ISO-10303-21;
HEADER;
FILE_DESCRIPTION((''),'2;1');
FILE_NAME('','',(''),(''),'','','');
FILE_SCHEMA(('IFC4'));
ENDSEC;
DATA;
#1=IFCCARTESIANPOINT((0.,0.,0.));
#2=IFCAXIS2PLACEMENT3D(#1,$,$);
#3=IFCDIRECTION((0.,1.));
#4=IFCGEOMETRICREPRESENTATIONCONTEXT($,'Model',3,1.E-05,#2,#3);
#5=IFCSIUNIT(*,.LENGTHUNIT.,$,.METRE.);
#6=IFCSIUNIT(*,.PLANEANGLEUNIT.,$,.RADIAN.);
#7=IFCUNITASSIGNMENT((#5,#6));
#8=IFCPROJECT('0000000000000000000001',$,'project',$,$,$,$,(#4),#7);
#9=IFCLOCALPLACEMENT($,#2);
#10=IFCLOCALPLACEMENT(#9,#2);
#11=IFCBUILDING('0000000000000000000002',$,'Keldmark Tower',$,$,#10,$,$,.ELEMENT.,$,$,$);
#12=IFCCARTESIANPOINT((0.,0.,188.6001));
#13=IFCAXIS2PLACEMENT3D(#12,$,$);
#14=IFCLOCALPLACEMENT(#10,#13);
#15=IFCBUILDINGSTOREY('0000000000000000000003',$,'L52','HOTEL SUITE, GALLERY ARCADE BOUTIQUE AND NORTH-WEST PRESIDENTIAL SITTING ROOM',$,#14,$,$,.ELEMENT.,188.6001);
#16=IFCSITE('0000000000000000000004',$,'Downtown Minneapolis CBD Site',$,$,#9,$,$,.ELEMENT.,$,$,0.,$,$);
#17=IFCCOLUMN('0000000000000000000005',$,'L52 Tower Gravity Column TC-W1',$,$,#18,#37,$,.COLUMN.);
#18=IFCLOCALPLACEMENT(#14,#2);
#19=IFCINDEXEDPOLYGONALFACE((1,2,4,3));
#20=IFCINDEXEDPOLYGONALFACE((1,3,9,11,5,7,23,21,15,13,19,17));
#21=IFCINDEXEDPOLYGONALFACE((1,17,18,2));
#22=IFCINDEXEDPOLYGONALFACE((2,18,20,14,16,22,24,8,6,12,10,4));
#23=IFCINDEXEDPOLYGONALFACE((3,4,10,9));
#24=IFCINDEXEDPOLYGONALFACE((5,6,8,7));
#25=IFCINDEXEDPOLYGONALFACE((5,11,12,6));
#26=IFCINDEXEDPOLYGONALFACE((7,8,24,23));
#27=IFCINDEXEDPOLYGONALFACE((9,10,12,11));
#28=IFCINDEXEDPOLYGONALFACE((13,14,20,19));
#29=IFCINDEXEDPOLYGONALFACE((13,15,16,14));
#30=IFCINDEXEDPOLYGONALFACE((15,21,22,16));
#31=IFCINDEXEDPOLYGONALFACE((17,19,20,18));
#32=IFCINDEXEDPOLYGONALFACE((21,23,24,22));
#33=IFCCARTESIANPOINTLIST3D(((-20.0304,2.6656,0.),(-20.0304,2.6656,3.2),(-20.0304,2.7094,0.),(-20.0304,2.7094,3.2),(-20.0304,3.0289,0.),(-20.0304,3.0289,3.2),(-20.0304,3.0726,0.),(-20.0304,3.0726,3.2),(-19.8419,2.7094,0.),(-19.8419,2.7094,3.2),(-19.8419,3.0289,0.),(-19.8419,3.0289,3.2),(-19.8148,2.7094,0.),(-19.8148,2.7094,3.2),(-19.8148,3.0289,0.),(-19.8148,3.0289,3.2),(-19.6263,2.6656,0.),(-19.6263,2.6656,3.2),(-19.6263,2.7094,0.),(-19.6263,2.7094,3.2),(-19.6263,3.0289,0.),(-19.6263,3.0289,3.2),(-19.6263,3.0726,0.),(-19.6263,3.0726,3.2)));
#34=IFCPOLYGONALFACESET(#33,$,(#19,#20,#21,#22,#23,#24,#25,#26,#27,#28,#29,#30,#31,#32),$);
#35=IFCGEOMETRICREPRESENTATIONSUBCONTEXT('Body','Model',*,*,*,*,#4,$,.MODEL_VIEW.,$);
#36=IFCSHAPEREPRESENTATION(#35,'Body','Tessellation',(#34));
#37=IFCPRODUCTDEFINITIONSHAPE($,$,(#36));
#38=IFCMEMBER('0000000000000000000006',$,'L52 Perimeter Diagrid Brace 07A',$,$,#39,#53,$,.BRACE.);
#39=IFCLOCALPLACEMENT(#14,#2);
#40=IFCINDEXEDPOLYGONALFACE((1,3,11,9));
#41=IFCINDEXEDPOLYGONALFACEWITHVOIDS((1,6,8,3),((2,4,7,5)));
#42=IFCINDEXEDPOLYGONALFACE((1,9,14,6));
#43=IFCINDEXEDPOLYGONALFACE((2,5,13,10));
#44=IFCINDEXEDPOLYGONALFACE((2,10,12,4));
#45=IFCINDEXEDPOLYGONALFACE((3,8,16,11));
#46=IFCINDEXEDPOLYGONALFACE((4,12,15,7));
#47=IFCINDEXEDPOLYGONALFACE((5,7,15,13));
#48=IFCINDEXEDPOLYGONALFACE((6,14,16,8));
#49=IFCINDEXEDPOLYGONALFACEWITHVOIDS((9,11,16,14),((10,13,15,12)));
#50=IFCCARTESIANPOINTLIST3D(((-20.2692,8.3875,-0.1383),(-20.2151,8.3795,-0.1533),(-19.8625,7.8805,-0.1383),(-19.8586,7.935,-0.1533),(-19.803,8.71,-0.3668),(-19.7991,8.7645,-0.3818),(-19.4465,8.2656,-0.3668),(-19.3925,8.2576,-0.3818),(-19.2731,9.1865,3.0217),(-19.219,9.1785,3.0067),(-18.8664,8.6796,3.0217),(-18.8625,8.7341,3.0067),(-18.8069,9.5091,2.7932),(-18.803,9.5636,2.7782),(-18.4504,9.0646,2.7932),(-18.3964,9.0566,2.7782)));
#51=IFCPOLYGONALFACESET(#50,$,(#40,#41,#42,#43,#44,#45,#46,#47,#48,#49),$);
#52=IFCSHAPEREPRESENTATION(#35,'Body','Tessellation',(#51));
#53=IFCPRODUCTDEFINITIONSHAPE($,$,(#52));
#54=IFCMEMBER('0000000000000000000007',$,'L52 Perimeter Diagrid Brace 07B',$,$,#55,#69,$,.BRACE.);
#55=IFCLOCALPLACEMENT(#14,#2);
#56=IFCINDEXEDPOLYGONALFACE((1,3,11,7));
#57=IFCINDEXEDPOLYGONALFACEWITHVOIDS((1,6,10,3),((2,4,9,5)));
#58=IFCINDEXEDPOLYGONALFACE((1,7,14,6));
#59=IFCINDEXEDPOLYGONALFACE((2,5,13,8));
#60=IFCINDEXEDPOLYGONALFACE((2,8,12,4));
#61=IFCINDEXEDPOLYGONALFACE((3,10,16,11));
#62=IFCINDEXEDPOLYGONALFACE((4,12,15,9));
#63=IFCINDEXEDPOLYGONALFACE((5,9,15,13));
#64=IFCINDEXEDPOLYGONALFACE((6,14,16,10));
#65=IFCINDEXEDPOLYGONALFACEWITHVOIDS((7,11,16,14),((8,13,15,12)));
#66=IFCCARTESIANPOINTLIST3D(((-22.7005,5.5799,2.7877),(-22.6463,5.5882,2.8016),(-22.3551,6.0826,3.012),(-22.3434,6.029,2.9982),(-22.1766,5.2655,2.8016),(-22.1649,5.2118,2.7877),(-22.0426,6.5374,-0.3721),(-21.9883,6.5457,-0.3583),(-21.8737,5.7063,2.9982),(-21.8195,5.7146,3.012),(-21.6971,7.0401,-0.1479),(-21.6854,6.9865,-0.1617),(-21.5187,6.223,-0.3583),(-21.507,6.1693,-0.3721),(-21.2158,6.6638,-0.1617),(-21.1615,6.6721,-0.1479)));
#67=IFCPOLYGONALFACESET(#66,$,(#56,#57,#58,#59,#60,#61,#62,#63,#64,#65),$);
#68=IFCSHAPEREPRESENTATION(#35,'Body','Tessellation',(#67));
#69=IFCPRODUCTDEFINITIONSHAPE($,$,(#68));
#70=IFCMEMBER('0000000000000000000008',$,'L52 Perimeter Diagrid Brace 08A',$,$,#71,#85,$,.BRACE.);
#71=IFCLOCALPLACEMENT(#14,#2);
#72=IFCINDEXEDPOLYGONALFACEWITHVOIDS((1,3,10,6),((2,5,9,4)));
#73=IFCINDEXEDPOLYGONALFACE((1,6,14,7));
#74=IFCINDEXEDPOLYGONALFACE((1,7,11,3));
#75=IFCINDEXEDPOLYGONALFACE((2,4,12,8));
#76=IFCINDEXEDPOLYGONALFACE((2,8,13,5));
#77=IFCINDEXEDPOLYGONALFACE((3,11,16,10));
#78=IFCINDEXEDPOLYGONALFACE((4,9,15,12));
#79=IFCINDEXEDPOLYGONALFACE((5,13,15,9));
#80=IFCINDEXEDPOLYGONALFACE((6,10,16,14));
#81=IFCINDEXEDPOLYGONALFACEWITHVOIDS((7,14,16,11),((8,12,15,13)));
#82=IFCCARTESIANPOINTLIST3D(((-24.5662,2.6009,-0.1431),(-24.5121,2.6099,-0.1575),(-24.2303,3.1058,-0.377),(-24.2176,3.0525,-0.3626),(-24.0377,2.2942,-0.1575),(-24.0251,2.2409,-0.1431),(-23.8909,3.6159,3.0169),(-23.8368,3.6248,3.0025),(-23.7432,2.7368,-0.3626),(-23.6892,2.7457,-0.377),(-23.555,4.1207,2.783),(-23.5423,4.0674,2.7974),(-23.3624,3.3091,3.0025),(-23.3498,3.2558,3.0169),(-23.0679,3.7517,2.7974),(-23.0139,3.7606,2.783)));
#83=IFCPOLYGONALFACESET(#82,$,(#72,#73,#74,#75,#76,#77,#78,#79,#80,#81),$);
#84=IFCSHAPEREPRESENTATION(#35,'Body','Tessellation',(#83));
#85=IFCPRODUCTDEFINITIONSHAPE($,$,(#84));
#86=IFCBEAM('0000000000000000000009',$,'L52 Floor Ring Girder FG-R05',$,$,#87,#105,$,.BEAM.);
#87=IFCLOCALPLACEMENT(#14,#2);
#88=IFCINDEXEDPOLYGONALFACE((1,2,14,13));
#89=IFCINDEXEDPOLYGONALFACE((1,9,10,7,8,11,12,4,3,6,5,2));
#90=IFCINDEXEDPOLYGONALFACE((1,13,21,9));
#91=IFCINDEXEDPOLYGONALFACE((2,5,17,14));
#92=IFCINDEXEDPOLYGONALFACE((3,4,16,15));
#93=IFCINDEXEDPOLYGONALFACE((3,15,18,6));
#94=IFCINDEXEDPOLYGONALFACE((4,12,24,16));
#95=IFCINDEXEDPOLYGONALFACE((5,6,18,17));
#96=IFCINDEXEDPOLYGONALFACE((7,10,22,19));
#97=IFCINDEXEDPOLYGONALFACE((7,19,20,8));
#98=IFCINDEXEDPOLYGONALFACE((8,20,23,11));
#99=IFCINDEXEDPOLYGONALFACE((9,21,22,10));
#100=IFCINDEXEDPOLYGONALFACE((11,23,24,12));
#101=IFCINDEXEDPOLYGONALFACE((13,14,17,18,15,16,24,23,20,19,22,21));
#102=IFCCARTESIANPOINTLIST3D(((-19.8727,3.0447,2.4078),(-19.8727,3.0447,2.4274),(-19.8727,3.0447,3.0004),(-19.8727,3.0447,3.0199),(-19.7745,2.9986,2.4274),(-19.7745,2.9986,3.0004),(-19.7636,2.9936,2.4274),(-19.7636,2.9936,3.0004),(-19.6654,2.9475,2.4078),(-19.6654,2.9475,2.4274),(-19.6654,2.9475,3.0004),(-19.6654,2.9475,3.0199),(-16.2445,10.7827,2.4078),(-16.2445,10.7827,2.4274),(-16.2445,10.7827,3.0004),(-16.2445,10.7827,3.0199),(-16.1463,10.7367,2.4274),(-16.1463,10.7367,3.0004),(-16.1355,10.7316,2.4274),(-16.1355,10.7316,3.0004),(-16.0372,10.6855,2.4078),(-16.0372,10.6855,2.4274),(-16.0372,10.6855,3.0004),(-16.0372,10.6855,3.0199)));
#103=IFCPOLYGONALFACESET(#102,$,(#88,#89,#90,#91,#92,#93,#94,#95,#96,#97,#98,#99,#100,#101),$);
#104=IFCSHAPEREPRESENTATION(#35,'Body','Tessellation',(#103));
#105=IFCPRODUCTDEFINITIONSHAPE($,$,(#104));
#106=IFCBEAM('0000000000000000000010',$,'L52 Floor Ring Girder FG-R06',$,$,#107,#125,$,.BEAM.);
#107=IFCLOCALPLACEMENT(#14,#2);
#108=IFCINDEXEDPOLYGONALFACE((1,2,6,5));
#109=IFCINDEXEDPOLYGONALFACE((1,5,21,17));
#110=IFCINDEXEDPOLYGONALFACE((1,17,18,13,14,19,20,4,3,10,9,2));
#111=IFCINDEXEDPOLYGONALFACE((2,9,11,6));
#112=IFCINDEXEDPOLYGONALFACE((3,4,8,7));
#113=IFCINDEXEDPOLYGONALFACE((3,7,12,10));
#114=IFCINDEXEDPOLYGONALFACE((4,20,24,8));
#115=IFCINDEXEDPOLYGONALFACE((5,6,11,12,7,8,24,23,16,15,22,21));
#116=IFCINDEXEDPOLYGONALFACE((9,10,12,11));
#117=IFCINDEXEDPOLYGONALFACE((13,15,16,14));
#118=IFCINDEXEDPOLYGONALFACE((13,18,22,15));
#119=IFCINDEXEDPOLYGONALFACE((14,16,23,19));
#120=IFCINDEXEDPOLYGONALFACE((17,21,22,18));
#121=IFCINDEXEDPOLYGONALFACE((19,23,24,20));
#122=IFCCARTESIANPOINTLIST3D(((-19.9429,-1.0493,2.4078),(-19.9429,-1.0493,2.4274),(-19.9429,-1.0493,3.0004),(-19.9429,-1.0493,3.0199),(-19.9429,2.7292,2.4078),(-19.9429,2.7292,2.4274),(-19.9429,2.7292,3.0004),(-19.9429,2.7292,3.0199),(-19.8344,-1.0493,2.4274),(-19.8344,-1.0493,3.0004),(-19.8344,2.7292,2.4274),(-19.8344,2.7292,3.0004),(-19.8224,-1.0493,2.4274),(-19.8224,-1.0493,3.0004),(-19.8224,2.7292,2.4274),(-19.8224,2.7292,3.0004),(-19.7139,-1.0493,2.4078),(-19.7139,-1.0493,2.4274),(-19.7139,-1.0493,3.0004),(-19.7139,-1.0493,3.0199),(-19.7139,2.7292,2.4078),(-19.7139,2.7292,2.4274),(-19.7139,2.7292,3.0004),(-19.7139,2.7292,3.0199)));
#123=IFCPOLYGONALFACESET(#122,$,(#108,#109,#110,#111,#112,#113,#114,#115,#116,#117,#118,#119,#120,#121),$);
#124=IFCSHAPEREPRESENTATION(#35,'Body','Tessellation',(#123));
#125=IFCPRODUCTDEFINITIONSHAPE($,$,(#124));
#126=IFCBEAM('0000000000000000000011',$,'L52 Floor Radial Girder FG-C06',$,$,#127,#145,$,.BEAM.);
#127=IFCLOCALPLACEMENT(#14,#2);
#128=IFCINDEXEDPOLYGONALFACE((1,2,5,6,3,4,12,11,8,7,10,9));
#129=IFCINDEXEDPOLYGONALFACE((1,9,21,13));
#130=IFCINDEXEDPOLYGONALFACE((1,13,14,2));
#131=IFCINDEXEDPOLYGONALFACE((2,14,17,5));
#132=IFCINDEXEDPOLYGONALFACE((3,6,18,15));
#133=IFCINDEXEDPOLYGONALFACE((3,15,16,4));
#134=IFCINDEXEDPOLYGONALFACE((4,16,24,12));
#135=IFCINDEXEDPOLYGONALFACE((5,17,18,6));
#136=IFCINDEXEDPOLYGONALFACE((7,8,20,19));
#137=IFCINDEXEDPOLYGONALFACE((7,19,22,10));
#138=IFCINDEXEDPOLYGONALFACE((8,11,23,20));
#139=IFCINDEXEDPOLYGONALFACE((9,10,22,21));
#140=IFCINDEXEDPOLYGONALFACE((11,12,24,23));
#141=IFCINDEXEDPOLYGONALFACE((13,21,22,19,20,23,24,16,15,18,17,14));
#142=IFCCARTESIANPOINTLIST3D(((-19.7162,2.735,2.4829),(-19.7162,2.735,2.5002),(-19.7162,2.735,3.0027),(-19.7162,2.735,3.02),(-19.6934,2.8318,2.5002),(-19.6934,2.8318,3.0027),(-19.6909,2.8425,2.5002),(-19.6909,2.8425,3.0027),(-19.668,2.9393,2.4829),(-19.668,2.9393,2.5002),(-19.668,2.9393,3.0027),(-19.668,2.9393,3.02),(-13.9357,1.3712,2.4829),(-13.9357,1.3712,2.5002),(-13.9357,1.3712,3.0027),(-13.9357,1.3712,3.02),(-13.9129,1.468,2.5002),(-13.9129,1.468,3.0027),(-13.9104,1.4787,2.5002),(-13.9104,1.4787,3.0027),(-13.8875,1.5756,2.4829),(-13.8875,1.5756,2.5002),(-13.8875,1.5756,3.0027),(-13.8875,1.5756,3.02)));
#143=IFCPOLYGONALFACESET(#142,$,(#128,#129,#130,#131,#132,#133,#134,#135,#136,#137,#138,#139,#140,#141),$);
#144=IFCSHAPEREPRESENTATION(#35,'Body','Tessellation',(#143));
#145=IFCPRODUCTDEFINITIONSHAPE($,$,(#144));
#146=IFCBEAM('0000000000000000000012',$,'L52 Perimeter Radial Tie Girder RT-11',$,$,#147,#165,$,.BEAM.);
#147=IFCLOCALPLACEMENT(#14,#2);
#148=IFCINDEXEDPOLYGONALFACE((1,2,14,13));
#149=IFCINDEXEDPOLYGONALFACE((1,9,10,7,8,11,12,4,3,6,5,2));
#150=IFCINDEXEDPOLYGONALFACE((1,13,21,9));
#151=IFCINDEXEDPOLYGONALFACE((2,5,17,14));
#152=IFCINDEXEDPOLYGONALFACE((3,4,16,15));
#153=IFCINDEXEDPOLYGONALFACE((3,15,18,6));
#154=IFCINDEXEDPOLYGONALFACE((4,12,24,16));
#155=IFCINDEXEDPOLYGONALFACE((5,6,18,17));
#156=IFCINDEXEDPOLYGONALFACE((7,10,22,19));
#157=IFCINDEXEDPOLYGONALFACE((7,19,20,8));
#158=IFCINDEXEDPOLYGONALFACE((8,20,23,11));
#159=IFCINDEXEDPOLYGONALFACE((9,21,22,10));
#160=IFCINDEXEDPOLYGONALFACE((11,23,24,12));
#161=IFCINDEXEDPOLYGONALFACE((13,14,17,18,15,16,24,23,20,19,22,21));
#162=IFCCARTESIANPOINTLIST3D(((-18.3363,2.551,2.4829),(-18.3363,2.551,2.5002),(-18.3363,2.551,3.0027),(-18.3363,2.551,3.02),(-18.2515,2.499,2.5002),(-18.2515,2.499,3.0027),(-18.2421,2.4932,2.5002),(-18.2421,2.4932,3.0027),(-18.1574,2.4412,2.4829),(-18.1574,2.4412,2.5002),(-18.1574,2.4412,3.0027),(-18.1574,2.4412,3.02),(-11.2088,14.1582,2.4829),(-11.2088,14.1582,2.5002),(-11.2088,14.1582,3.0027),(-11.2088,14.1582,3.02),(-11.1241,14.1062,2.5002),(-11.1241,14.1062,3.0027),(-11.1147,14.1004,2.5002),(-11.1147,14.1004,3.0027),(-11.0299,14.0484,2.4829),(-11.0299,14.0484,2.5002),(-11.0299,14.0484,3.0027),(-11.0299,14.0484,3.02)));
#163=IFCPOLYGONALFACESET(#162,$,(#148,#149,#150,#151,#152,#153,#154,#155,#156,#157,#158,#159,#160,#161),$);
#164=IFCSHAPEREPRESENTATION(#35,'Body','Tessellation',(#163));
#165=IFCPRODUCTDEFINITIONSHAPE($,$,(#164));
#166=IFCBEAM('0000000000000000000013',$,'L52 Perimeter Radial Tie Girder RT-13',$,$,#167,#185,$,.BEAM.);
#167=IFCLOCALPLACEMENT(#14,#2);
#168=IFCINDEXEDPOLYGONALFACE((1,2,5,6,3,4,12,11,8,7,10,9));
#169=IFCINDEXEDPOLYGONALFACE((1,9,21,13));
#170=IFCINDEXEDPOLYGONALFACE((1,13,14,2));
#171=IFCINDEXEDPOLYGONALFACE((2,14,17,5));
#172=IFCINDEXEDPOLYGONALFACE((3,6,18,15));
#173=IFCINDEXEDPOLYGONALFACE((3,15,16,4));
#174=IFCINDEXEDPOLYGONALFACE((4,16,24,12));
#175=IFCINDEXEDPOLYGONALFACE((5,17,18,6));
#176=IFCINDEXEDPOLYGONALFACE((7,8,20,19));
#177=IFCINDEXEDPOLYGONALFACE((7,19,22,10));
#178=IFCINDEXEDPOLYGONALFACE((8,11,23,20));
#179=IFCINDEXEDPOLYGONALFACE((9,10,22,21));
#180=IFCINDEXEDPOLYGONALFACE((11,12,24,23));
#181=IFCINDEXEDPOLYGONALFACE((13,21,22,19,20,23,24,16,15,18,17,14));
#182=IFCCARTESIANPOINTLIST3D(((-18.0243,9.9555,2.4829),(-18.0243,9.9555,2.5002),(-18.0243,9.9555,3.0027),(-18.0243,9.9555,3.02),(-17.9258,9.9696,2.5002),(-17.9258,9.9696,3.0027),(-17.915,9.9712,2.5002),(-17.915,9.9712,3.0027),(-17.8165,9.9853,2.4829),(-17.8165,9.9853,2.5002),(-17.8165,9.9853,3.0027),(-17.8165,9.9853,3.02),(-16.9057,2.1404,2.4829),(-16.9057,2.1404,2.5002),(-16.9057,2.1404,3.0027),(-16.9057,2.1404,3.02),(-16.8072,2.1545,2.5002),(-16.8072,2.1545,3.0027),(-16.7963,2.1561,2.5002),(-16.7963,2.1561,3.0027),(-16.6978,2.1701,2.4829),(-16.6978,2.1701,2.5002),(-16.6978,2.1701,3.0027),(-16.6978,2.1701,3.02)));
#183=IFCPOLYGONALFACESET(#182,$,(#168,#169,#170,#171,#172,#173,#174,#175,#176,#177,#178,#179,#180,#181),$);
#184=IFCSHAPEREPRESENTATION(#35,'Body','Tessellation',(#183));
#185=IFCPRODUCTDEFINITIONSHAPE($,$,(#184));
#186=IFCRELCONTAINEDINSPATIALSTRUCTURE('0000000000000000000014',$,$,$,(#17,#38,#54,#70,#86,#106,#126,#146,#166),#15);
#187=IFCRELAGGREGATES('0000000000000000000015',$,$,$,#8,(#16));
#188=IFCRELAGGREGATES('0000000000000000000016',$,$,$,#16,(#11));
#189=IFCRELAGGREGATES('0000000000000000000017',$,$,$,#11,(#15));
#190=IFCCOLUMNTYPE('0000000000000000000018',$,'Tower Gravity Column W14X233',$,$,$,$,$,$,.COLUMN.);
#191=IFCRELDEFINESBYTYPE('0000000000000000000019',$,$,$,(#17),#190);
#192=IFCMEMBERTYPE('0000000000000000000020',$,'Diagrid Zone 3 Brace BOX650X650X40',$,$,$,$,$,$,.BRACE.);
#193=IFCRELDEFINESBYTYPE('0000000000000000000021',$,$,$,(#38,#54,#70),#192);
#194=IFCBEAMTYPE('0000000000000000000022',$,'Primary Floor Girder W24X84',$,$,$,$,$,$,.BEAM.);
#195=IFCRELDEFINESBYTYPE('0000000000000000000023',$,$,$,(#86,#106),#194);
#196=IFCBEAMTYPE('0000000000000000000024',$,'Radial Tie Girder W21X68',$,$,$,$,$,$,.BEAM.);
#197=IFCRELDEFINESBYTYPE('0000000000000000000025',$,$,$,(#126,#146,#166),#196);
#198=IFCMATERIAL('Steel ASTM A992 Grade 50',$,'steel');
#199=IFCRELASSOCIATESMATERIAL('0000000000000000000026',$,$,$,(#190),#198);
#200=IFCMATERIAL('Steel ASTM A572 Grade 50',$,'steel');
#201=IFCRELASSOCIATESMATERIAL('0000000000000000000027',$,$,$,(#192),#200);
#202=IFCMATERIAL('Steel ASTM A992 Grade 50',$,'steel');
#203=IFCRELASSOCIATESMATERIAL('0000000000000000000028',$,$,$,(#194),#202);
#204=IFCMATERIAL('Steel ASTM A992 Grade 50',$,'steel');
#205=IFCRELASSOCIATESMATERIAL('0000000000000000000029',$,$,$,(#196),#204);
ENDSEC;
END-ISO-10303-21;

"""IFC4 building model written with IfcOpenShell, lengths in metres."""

from ifc_helpers import new_model, si_unit, direction, frame, origin, origin_2d, place, context, subcontext, project, spatial, hollow_rectangle, i_section, extrude, material, material_profile, profile_set, type_object, element, save


model = new_model("IFC4")

# Units and contexts
model_context = context("Model", 3, precision=1e-05, world=origin(), true_north=direction((0.0, 1.0)))
body_context = subcontext(model_context, "Body", "Model", "MODEL_VIEW")
ifc_project = project(units=[si_unit("LENGTHUNIT", "METRE"), si_unit("PLANEANGLEUNIT", "RADIAN")], contexts=[model_context])

# Site, building, storey
site_placement = place(None, origin())
site = spatial("IfcSite", under=ifc_project, at=site_placement, Name="Downtown Minneapolis CBD Site", CompositionType="ELEMENT", RefElevation=0.0)
building_placement = place(site_placement, origin())
building = spatial("IfcBuilding", under=site, at=building_placement, Name="Keldmark Tower", CompositionType="ELEMENT")
storey_placement = place(building_placement, frame((0.0, 0.0, 188.6001)))
storey = spatial("IfcBuildingStorey", under=building, at=storey_placement, Name="L52", Description="HOTEL SUITE, GALLERY ARCADE BOUTIQUE AND NORTH-WEST PRESIDENTIAL SITTING ROOM", CompositionType="ELEMENT", Elevation=188.6001)

# Column
ifc_material_1 = material(Name="Steel ASTM A992 Grade 50", Category="steel")
ifc_material_profile_1 = material_profile(ifc_material_1, i_section(OverallWidth=0.4041, OverallDepth=0.407, WebThickness=0.0271, FlangeThickness=0.0437, at=origin_2d()), Name="W14X233")
ifc_profile_set_1 = profile_set([ifc_material_profile_1], Name="Steel ASTM A992 Grade 50")
column_type = type_object("IfcColumnType", Name="Tower Gravity Column W14X233", PredefinedType="COLUMN", material=ifc_profile_set_1)
column_placement = place(storey_placement, frame((-19.8284, 2.8691, 0.0), z_axis=(0.0, 0.0, 1.0), x_axis=(1.0, 0.0, 0.0)))
element("IfcColumn", 1, at=column_placement, inside=storey, type_object=column_type, Name="L52 Tower Gravity Column TC-W1", PredefinedType="COLUMN", context=body_context, shape_type="SweptSolid", body=[
    extrude(i_section(OverallWidth=0.4041, OverallDepth=0.407, WebThickness=0.0271, FlangeThickness=0.0437, at=origin_2d()), origin(), (0.0, 0.0, 1.0), 3.2),
])

# Members
ifc_material_2 = material(Name="Steel ASTM A572 Grade 50", Category="steel")
ifc_material_profile_2 = material_profile(ifc_material_2, hollow_rectangle(XDim=0.6499, YDim=0.6499, WallThickness=0.04, at=origin_2d()), Name="BOX650X650X40")
ifc_profile_set_2 = profile_set([ifc_material_profile_2], Name="Steel ASTM A572 Grade 50")
member_type = type_object("IfcMemberType", Name="Diagrid Zone 3 Brace BOX650X650X40", PredefinedType="BRACE", material=ifc_profile_set_2)
member_1_placement = place(storey_placement, frame((-19.8308, 8.3225, -0.26), z_axis=(0.292265, 0.234456, 0.927152), x_axis=(-0.625744, 0.780029, 0.0)))
element("IfcMember", 2, at=member_1_placement, inside=storey, type_object=member_type, Name="L52 Perimeter Diagrid Brace 07A", PredefinedType="BRACE", context=body_context, shape_type="SweptSolid", body=[
    extrude(hollow_rectangle(XDim=0.6499, YDim=0.6499, WallThickness=0.04, at=origin_2d()), origin(), (0.0, 0.0, 1.0), 3.4082),
])
member_2_placement = place(storey_placement, frame((-21.6021, 6.6047, -0.26), z_axis=(-0.19543, -0.284407, 0.938573), x_axis=(0.824177, -0.566333, 0.0)))
element("IfcMember", 3, at=member_2_placement, inside=storey, type_object=member_type, Name="L52 Perimeter Diagrid Brace 07B", PredefinedType="BRACE", context=body_context, shape_type="SweptSolid", body=[
    extrude(hollow_rectangle(XDim=0.6499, YDim=0.6499, WallThickness=0.04, at=origin_2d()), origin(), (0.0, 0.0, 1.0), 3.3667),
])
member_3_placement = place(storey_placement, frame((-24.1277, 2.6733, -0.26), z_axis=(0.199384, 0.299653, 0.932981), x_axis=(-0.832543, 0.553961, 0.0)))
element("IfcMember", 4, at=member_3_placement, inside=storey, type_object=member_type, Name="L52 Perimeter Diagrid Brace 08A", PredefinedType="BRACE", context=body_context, shape_type="SweptSolid", body=[
    extrude(hollow_rectangle(XDim=0.6499, YDim=0.6499, WallThickness=0.04, at=origin_2d()), origin(), (0.0, 0.0, 1.0), 3.387),
])

# Beams
ifc_material_3 = material(Name="Steel ASTM A992 Grade 50", Category="steel")
ifc_material_profile_3 = material_profile(ifc_material_3, i_section(OverallWidth=0.229, OverallDepth=0.6121, WebThickness=0.012, FlangeThickness=0.0195, at=origin_2d()), Name="W24X84")
ifc_profile_set_3 = profile_set([ifc_material_profile_3], Name="Steel ASTM A992 Grade 50")
beam_type_1 = type_object("IfcBeamType", Name="Primary Floor Girder W24X84", PredefinedType="BEAM", material=ifc_profile_set_3)
beam_1_placement = place(storey_placement, frame((-16.1409, 10.7341, 2.7139), z_axis=(-0.424527, -0.905415, 0.0), x_axis=(0.905415, -0.424527, 0.0)))
element("IfcBeam", 5, at=beam_1_placement, inside=storey, type_object=beam_type_1, Name="L52 Floor Ring Girder FG-R05", PredefinedType="BEAM", context=body_context, shape_type="SweptSolid", body=[
    extrude(i_section(OverallWidth=0.229, OverallDepth=0.6121, WebThickness=0.012, FlangeThickness=0.0195, at=origin_2d()), origin(), (0.0, 0.0, 1.0), 8.5464),
])
beam_2_placement = place(storey_placement, frame((-19.8284, 2.7292, 2.7139), z_axis=(0.0, -1.0, 0.0), x_axis=(1.0, 0.0, 0.0)))
element("IfcBeam", 6, at=beam_2_placement, inside=storey, type_object=beam_type_1, Name="L52 Floor Ring Girder FG-R06", PredefinedType="BEAM", context=body_context, shape_type="SweptSolid", body=[
    extrude(i_section(OverallWidth=0.229, OverallDepth=0.6121, WebThickness=0.012, FlangeThickness=0.0195, at=origin_2d()), origin(), (0.0, 0.0, 1.0), 3.7786),
])
ifc_material_4 = material(Name="Steel ASTM A992 Grade 50", Category="steel")
ifc_material_profile_4 = material_profile(ifc_material_4, i_section(OverallWidth=0.21, OverallDepth=0.5371, WebThickness=0.011, FlangeThickness=0.0173, at=origin_2d()), Name="W21X68")
ifc_profile_set_4 = profile_set([ifc_material_profile_4], Name="Steel ASTM A992 Grade 50")
beam_type_2 = type_object("IfcBeamType", Name="Radial Tie Girder W21X68", PredefinedType="BEAM", material=ifc_profile_set_4)
beam_3_placement = place(storey_placement, frame((-19.6921, 2.8372, 2.7515), z_axis=(0.97328, -0.229621, 0.0), x_axis=(0.229621, 0.97328, 0.0)))
element("IfcBeam", 7, at=beam_3_placement, inside=storey, type_object=beam_type_2, Name="L52 Floor Radial Girder FG-C06", PredefinedType="BEAM", context=body_context, shape_type="SweptSolid", body=[
    extrude(i_section(OverallWidth=0.21, OverallDepth=0.5371, WebThickness=0.011, FlangeThickness=0.0173, at=origin_2d()), origin(), (0.0, 0.0, 1.0), 5.9392),
])
beam_4_placement = place(storey_placement, frame((-18.2468, 2.4961, 2.7515), z_axis=(0.523275, 0.852164, 0.0), x_axis=(-0.852164, 0.523275, 0.0)))
element("IfcBeam", 8, at=beam_4_placement, inside=storey, type_object=beam_type_2, Name="L52 Perimeter Radial Tie Girder RT-11", PredefinedType="BEAM", context=body_context, shape_type="SweptSolid", body=[
    extrude(i_section(OverallWidth=0.21, OverallDepth=0.5371, WebThickness=0.011, FlangeThickness=0.0173, at=origin_2d()), origin(), (0.0, 0.0, 1.0), 13.6208),
])
beam_5_placement = place(storey_placement, frame((-16.8018, 2.1553, 2.7515), z_axis=(-0.141694, 0.98991, 0.0), x_axis=(-0.98991, -0.141694, 0.0)))
element("IfcBeam", 9, at=beam_5_placement, inside=storey, type_object=beam_type_2, Name="L52 Perimeter Radial Tie Girder RT-13", PredefinedType="BEAM", context=body_context, shape_type="SweptSolid", body=[
    extrude(i_section(OverallWidth=0.21, OverallDepth=0.5371, WebThickness=0.011, FlangeThickness=0.0173, at=origin_2d()), origin(), (0.0, 0.0, 1.0), 7.8948),
])

save(model, "model.ifc")
